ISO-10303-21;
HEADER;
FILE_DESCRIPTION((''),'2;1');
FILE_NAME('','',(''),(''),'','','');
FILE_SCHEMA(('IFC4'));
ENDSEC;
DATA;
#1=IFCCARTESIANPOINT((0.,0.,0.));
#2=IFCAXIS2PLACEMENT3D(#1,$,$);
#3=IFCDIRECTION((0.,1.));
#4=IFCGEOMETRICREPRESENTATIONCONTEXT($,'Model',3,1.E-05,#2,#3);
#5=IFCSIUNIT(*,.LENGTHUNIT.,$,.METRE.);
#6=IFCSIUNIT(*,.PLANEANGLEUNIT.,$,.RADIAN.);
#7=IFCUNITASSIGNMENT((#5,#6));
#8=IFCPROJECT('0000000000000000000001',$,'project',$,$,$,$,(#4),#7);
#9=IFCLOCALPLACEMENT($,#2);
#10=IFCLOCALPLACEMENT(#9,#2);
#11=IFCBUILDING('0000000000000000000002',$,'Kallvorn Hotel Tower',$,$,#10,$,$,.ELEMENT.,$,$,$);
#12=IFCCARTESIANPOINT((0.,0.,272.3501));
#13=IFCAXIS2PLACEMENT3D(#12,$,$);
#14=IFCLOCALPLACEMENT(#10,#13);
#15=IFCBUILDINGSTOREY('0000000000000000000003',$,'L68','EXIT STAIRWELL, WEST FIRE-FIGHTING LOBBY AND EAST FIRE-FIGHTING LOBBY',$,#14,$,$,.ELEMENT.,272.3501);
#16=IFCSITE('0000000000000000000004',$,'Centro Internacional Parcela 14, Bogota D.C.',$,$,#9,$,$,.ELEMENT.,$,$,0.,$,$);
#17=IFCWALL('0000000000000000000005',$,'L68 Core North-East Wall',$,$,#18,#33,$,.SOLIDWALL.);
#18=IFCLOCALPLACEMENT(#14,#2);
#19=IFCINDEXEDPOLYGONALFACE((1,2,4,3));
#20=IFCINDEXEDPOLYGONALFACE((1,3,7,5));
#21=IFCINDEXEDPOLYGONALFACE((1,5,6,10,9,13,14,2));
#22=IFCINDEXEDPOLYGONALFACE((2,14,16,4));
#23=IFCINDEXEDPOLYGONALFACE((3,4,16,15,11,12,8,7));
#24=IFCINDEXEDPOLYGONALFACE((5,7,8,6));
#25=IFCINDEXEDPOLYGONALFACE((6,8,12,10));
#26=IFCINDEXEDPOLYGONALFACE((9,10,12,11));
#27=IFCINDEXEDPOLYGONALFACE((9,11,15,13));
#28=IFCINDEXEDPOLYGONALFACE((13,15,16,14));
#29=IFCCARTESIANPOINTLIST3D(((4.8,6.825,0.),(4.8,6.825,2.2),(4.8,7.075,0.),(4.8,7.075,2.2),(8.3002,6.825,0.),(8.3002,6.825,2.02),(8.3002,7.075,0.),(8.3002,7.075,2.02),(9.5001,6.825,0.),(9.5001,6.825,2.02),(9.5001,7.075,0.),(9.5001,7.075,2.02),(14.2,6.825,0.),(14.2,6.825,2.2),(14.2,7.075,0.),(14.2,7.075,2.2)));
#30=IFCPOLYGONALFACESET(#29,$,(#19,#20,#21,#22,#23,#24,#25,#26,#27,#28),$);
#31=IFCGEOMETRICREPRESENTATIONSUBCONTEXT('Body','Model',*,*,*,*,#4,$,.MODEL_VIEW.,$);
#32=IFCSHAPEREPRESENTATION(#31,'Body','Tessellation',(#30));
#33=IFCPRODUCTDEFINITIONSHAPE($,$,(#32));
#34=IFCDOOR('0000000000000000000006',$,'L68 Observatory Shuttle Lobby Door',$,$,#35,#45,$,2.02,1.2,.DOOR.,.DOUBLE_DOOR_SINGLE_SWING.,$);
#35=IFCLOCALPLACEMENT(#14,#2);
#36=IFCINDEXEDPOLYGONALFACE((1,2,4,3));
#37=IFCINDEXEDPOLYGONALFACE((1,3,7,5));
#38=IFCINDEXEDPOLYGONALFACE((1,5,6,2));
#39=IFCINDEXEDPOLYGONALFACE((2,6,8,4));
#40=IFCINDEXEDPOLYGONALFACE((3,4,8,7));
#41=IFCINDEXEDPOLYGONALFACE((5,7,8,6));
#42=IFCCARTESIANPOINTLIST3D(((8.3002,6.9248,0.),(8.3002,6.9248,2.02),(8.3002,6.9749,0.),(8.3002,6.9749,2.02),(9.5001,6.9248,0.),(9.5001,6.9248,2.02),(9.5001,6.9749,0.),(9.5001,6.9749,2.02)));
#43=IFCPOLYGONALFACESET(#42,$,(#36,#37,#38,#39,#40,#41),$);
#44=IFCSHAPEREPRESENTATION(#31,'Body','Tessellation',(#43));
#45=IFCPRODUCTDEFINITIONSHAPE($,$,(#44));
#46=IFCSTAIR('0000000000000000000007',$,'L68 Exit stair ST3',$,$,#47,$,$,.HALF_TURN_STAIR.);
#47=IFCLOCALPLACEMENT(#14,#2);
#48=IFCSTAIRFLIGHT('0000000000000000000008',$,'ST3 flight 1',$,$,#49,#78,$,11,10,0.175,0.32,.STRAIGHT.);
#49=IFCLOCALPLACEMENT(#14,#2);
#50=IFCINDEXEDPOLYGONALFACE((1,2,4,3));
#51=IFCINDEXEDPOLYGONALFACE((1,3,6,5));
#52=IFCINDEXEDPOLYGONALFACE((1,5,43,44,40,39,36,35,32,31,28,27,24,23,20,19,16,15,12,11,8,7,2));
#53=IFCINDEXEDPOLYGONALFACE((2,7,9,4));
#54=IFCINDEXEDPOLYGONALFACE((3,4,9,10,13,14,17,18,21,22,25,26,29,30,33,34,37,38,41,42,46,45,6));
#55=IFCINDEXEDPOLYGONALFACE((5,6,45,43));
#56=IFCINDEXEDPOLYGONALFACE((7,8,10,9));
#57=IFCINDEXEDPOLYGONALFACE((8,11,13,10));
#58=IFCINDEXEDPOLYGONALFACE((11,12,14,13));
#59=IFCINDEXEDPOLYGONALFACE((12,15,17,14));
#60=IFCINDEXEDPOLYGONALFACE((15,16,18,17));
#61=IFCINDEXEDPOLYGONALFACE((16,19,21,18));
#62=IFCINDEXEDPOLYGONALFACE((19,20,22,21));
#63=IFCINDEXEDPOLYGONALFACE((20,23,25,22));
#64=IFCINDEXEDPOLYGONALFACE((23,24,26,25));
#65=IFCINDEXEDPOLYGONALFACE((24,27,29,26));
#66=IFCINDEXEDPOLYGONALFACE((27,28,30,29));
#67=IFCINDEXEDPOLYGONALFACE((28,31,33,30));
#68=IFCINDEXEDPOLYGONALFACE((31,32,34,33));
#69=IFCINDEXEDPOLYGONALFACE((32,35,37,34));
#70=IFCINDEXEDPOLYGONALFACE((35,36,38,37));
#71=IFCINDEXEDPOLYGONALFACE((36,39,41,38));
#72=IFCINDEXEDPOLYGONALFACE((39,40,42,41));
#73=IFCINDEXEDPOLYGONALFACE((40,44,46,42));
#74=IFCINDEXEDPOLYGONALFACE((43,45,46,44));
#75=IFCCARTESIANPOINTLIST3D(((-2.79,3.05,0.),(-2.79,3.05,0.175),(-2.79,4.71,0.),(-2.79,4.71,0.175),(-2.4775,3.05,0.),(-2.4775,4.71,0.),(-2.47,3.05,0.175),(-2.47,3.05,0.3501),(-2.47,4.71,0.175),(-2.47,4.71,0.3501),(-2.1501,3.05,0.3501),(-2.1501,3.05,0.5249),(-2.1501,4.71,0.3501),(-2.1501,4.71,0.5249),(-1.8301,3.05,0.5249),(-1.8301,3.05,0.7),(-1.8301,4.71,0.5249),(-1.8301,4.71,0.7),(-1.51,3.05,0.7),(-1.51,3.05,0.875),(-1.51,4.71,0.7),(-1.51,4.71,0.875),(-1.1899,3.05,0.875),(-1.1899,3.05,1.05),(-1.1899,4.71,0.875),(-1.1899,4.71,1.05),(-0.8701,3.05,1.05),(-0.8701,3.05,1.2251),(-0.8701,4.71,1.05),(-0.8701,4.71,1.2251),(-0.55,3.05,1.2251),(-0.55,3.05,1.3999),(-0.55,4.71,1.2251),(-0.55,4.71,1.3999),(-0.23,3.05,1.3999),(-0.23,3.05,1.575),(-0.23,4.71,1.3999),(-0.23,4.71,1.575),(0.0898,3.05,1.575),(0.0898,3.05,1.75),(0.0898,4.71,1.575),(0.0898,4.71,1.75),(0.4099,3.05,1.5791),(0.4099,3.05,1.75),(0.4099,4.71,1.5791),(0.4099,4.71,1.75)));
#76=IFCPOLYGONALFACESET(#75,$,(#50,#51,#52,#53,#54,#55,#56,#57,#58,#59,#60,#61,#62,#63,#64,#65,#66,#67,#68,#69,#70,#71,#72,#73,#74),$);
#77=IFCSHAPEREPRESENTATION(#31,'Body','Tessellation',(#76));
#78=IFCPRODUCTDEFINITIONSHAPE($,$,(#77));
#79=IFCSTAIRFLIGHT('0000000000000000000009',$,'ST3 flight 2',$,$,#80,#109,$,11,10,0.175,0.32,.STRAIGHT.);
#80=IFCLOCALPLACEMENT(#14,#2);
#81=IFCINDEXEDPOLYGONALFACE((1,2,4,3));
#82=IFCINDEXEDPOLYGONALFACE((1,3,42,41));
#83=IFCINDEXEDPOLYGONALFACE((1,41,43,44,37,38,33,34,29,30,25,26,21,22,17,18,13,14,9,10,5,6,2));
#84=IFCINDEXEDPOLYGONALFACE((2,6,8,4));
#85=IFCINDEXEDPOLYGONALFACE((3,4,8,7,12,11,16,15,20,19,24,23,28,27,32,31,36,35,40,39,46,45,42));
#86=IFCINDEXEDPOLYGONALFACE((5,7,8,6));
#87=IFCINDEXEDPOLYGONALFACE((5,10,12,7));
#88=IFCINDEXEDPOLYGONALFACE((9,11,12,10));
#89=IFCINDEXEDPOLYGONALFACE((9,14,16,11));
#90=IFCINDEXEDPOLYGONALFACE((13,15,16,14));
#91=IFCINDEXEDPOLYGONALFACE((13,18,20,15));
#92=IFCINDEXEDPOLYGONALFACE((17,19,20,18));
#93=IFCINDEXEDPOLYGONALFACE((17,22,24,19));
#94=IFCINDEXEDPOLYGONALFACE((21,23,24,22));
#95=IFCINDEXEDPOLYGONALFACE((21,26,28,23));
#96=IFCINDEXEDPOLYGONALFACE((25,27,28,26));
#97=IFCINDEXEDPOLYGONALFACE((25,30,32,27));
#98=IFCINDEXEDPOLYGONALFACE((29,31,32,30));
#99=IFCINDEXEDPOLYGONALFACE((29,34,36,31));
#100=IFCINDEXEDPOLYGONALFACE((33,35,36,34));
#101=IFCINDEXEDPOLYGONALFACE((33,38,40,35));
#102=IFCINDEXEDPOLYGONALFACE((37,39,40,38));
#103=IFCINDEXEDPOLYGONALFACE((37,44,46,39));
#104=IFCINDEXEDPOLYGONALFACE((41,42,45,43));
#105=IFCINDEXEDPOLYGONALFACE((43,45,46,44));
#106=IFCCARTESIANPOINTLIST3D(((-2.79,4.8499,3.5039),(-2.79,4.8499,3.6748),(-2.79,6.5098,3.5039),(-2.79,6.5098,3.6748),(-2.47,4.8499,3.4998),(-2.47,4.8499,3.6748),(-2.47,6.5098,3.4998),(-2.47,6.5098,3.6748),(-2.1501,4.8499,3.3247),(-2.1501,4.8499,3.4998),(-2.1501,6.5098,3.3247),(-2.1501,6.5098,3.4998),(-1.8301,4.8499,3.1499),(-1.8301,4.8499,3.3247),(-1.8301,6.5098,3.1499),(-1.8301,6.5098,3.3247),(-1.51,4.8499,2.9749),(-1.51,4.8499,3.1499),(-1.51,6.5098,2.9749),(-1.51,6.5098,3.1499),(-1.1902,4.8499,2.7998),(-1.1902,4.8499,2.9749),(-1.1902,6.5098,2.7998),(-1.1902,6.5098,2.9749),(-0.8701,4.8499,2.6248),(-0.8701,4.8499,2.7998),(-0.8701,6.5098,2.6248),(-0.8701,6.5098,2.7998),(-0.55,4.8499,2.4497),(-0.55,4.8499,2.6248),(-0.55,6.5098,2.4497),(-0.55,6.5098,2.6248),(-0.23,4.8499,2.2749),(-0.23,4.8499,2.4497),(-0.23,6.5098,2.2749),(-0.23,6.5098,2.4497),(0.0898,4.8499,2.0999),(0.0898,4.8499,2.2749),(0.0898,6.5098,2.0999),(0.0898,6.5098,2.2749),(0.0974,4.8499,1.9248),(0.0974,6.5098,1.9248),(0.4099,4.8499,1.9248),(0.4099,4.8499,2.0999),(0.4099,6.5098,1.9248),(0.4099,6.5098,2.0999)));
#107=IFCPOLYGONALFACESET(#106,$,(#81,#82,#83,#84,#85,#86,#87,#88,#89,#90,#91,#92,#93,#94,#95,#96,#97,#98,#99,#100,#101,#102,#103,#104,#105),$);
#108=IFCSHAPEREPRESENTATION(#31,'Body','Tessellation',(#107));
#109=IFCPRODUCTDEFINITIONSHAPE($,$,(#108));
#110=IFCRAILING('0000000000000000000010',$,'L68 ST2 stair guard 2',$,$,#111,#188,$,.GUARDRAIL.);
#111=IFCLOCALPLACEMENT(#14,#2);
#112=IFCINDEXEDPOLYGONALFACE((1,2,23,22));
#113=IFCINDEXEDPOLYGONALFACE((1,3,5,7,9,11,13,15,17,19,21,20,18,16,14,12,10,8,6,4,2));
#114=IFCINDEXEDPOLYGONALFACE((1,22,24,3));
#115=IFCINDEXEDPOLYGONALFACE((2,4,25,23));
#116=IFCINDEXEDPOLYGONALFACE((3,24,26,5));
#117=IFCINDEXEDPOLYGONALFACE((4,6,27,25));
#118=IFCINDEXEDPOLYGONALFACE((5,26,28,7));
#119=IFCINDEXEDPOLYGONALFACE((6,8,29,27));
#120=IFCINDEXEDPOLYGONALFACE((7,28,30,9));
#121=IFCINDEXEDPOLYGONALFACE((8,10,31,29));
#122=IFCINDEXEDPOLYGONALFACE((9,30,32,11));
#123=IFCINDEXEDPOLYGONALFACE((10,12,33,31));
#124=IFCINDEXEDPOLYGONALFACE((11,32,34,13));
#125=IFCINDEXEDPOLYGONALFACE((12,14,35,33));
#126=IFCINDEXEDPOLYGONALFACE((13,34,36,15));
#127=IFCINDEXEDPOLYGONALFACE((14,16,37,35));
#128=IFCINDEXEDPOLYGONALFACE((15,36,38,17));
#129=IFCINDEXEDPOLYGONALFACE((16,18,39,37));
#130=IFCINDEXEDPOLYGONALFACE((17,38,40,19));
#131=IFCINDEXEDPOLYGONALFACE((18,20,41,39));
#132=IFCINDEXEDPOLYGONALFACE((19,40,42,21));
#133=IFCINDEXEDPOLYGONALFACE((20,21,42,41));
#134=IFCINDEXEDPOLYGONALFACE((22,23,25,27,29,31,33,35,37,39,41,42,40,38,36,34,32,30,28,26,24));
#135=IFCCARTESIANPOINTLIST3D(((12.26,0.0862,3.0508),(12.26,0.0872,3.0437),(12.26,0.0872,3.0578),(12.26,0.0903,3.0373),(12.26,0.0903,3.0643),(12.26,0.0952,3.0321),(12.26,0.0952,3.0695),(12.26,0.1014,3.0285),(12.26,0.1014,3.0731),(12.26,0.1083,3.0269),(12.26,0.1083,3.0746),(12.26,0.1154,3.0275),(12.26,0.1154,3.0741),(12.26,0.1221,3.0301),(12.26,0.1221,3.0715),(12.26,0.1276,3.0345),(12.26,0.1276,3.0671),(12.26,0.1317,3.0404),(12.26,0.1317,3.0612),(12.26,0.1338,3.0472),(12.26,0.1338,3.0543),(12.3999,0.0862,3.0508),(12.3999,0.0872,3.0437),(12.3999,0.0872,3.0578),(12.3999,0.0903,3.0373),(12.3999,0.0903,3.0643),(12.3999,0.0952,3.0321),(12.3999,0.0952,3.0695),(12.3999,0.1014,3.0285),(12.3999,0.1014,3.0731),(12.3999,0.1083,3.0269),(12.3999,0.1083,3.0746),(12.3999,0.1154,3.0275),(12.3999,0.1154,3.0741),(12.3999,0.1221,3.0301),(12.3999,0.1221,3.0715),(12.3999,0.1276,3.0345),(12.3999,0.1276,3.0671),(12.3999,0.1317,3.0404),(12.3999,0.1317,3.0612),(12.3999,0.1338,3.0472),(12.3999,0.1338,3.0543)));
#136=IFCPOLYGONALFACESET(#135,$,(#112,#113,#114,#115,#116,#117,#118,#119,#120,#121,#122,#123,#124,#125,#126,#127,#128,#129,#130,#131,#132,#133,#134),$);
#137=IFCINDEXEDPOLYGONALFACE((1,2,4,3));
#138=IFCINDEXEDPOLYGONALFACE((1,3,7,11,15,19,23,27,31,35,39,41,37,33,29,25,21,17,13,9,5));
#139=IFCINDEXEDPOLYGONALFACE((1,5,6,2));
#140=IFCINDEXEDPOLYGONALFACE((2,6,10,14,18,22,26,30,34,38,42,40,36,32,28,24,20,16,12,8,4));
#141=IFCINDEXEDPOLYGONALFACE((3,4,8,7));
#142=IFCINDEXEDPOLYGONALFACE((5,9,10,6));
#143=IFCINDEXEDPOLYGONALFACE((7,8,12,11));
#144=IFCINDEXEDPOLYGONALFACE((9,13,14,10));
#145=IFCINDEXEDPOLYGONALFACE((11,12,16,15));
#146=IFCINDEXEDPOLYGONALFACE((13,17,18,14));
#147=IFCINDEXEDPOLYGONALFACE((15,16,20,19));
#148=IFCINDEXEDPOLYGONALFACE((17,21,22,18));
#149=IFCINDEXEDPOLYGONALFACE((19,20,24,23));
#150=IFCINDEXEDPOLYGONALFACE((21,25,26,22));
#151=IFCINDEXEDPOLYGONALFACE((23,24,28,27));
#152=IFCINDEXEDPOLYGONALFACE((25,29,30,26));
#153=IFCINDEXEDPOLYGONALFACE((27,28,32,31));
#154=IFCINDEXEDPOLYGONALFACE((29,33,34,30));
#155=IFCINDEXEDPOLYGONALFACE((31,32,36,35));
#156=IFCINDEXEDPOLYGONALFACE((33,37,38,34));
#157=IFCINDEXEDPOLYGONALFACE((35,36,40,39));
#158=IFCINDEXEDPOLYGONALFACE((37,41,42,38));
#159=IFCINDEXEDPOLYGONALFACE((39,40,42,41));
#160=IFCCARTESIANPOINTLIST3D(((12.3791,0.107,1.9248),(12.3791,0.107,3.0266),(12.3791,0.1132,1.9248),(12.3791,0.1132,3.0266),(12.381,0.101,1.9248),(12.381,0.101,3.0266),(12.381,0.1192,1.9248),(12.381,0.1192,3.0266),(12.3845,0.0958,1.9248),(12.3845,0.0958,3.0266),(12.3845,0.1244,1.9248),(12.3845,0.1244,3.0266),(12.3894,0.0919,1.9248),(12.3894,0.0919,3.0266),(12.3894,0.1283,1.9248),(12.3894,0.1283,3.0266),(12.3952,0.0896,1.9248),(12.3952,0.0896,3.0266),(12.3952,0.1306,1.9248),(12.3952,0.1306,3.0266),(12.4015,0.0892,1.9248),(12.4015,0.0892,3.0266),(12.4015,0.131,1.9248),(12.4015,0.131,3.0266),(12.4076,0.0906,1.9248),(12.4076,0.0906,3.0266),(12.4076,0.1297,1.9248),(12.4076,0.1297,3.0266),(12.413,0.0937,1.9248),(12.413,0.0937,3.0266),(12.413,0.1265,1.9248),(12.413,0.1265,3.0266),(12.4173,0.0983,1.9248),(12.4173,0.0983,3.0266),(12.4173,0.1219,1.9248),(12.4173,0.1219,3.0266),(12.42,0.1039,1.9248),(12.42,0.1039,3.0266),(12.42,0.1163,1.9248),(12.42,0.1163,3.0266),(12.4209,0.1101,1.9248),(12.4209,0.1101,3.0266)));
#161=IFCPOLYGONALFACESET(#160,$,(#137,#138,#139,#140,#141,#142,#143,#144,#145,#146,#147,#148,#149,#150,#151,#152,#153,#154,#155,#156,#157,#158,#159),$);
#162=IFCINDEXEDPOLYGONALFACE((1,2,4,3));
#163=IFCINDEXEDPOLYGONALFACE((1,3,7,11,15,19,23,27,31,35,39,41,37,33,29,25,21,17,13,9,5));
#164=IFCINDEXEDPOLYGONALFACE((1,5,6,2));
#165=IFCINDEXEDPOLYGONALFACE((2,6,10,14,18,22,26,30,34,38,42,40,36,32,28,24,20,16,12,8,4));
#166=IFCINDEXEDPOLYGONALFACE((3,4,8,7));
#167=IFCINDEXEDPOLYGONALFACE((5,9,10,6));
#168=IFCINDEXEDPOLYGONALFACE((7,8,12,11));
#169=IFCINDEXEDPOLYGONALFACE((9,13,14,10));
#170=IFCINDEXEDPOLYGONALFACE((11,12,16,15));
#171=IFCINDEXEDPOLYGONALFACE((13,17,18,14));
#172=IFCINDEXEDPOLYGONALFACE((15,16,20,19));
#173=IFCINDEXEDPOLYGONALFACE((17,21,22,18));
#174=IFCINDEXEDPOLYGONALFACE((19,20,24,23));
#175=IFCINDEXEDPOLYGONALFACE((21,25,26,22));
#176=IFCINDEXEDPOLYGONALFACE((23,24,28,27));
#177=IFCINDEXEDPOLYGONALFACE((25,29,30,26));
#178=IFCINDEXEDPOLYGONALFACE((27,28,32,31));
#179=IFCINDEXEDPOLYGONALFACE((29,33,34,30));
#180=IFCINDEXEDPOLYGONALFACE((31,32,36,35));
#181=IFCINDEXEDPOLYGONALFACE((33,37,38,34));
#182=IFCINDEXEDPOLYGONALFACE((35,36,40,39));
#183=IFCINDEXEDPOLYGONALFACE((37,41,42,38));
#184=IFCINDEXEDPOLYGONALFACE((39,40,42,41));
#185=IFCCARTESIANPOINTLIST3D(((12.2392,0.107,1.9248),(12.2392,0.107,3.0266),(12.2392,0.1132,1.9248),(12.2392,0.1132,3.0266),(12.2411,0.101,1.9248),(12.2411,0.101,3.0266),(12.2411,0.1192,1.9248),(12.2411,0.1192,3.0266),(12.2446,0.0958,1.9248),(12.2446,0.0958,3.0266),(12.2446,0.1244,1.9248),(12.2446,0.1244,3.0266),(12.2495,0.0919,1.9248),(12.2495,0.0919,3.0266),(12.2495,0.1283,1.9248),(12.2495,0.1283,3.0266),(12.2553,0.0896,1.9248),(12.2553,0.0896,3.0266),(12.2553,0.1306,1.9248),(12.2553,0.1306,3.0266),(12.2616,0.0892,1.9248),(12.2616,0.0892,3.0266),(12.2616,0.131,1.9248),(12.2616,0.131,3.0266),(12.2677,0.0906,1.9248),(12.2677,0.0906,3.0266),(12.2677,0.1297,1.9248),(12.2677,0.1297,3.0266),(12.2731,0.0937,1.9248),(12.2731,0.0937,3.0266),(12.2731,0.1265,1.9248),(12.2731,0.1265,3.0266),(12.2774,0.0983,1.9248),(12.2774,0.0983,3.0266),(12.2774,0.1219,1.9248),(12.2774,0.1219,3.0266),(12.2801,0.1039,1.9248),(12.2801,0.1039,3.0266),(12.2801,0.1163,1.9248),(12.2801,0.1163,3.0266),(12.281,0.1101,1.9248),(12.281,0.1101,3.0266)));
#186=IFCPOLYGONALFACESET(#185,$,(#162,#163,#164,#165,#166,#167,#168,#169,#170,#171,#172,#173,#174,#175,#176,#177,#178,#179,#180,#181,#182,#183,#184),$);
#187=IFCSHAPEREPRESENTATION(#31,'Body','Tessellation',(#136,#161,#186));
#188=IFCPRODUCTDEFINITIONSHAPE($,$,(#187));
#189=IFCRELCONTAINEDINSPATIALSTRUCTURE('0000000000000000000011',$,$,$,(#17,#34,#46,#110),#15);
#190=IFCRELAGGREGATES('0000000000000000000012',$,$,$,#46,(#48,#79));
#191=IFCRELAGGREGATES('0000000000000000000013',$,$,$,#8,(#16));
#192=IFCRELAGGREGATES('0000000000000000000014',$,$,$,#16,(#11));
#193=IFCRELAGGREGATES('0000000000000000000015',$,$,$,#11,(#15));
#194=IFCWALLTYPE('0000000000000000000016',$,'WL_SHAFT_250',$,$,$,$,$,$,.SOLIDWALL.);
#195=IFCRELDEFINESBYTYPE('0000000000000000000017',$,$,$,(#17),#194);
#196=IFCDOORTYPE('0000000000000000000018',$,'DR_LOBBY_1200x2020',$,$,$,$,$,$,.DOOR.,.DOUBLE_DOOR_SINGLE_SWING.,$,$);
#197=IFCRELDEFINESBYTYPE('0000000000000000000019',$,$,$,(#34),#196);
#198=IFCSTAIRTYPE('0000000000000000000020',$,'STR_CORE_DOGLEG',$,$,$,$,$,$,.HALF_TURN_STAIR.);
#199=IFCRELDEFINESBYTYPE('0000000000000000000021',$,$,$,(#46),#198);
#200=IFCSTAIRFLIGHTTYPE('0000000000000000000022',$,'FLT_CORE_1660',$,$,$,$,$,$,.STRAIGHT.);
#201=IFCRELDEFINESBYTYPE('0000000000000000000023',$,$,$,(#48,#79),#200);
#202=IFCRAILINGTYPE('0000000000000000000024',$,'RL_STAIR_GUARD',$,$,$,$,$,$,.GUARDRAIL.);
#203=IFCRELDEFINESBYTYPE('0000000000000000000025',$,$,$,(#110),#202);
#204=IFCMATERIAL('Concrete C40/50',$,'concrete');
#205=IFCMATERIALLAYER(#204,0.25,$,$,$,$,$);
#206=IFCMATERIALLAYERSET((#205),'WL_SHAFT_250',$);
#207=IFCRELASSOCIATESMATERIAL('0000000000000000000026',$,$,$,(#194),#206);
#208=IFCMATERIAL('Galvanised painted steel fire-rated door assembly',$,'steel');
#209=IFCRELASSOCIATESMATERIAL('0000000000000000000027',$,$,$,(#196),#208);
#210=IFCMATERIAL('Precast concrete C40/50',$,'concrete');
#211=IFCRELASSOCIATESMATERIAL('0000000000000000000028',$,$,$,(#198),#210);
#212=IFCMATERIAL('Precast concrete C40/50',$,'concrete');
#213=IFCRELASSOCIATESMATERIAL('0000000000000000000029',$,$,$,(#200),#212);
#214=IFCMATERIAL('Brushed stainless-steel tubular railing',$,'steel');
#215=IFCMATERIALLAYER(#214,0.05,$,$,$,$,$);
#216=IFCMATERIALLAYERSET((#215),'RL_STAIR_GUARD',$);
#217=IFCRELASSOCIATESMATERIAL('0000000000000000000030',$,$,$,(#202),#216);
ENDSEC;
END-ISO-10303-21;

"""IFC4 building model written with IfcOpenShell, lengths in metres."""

from ifc_helpers import new_model, si_unit, direction, frame, frame_2d, origin, origin_2d, place, context, subcontext, project, spatial, polyline, rectangle, circle, outline, extrude, material, layer, layer_set, type_object, element, fill, aggregate, save


model = new_model("IFC4")

# Units and contexts
model_context = context("Model", 3, precision=1e-05, world=origin(), true_north=direction((0.0, 1.0)))
body_context = subcontext(model_context, "Body", "Model", "MODEL_VIEW")
ifc_project = project(units=[si_unit("LENGTHUNIT", "METRE"), si_unit("PLANEANGLEUNIT", "RADIAN")], contexts=[model_context])

# Site, building, storey
site_placement = place(None, origin())
site = spatial("IfcSite", under=ifc_project, at=site_placement, Name="Centro Internacional Parcela 14, Bogota D.C.", CompositionType="ELEMENT", RefElevation=0.0)
building_placement = place(site_placement, origin())
building = spatial("IfcBuilding", under=site, at=building_placement, Name="Kallvorn Hotel Tower", CompositionType="ELEMENT")
storey_placement = place(building_placement, frame((0.0, 0.0, 272.3501)))
storey = spatial("IfcBuildingStorey", under=building, at=storey_placement, Name="L68", Description="EXIT STAIRWELL, WEST FIRE-FIGHTING LOBBY AND EAST FIRE-FIGHTING LOBBY", CompositionType="ELEMENT", Elevation=272.3501)

# Wall, opening, door
ifc_material_1 = material(Name="Concrete C40/50", Category="concrete")
ifc_layer_1 = layer(ifc_material_1, 0.25)
ifc_layer_set_1 = layer_set([ifc_layer_1], Name="WL_SHAFT_250")
wall_type_1 = type_object("IfcWallType", Name="WL_SHAFT_250", PredefinedType="SOLIDWALL", material=ifc_layer_set_1)
wall_1_placement = place(storey_placement, frame((4.8, 6.95, 0.0), z_axis=(0.0, 0.0, 1.0), x_axis=(1.0, 0.0, 0.0)))
wall_1 = element("IfcWall", 1, at=wall_1_placement, inside=storey, type_object=wall_type_1, Name="L68 Core North-East Wall", PredefinedType="SOLIDWALL", context=body_context, shape_type="SweptSolid", body=[
    extrude(rectangle(XDim=9.3999, YDim=0.25, at=frame_2d((4.7, 0.0))), origin(), (0.0, 0.0, 1.0), 2.2),
])
opening_placement = place(wall_1_placement, frame((3.5, 0.0, 0.0)))
opening = element("IfcOpeningElement", 2, at=opening_placement, cuts=wall_1, PredefinedType="OPENING", context=body_context, shape_type="SweptSolid", body=[
    extrude(rectangle(XDim=1.2, YDim=2.02, at=frame_2d((0.6001, 1.01))), frame((0.0, 0.1399, 0.0), z_axis=(0.0, -1.0, 0.0), x_axis=(1.0, 0.0, 0.0)), (0.0, 0.0, 1.0), 0.28),
])
ifc_material_2 = material(Name="Galvanised painted steel fire-rated door assembly", Category="steel")
door_type = type_object("IfcDoorType", Name="DR_LOBBY_1200x2020", OperationType="DOUBLE_DOOR_SINGLE_SWING", PredefinedType="DOOR", material=ifc_material_2)
door_placement = place(opening_placement, origin())
door = element("IfcDoor", 3, at=door_placement, inside=storey, type_object=door_type, Name="L68 Observatory Shuttle Lobby Door", OperationType="DOUBLE_DOOR_SINGLE_SWING", OverallHeight=2.02, OverallWidth=1.2, PredefinedType="DOOR", context=body_context, shape_type="SweptSolid", body=[
    extrude(rectangle(XDim=1.2, YDim=2.02, at=frame_2d((0.6001, 1.01))), frame((0.0, 0.0249, 0.0), z_axis=(0.0, -1.0, 0.0), x_axis=(1.0, 0.0, 0.0)), (0.0, 0.0, 1.0), 0.05),
])
fill(opening, door)

# Stair, stair flights
ifc_material_3 = material(Name="Precast concrete C40/50", Category="concrete")
stair_type = type_object("IfcStairType", Name="STR_CORE_DOGLEG", PredefinedType="HALF_TURN_STAIR", material=ifc_material_3)
stair_placement = place(storey_placement, origin())
stair = element("IfcStair", 4, at=stair_placement, inside=storey, type_object=stair_type, Name="L68 Exit stair ST3", PredefinedType="HALF_TURN_STAIR")
ifc_material_4 = material(Name="Precast concrete C40/50", Category="concrete")
stair_flight_type = type_object("IfcStairFlightType", Name="FLT_CORE_1660", PredefinedType="STRAIGHT", material=ifc_material_4)
stair_flight_1_placement = place(storey_placement, frame((-2.79, 3.8799, 0.0), z_axis=(0.0, 0.0, 1.0), x_axis=(1.0, 0.0, 0.0)))
stair_flight_1 = element("IfcStairFlight", 5, at=stair_flight_1_placement, type_object=stair_flight_type, Name="ST3 flight 1", NumberOfRisers=11, NumberOfTreads=10, PredefinedType="STRAIGHT", RiserHeight=0.175, TreadLength=0.32, context=body_context, shape_type="SweptSolid", body=[
    extrude(outline(polyline([(0.0, 0.0), (0.0, 0.175), (0.3201, 0.175), (0.3201, 0.3501), (0.6399, 0.3501), (0.6399, 0.5249), (0.96, 0.5249), (0.96, 0.7), (1.28, 0.7), (1.28, 0.875), (1.6001, 0.875), (1.6001, 1.05), (1.9199, 1.05), (1.9199, 1.2251), (2.24, 1.2251), (2.24, 1.3999), (2.5601, 1.3999), (2.5601, 1.575), (2.8799, 1.575), (2.8799, 1.75), (3.2, 1.75), (3.2, 1.925), (3.2, 1.5791), (0.3125, 0.0), (0.0, 0.0)])), frame((0.0, 0.8301, 0.0), z_axis=(0.0, -1.0, 0.0), x_axis=(1.0, 0.0, 0.0)), (0.0, 0.0, 1.0), 1.6599),
])
stair_flight_2_placement = place(storey_placement, frame((0.4099, 5.6799, 1.9248), z_axis=(0.0, 0.0, 1.0), x_axis=(-1.0, 0.0, 0.0)))
stair_flight_2 = element("IfcStairFlight", 6, at=stair_flight_2_placement, type_object=stair_flight_type, Name="ST3 flight 2", NumberOfRisers=11, NumberOfTreads=10, PredefinedType="STRAIGHT", RiserHeight=0.175, TreadLength=0.32, context=body_context, shape_type="SweptSolid", body=[
    extrude(outline(polyline([(0.0, 0.0), (0.0, 0.175), (0.3201, 0.175), (0.3201, 0.3501), (0.6399, 0.3501), (0.6399, 0.5249), (0.96, 0.5249), (0.96, 0.7), (1.28, 0.7), (1.28, 0.875), (1.6001, 0.875), (1.6001, 1.05), (1.9199, 1.05), (1.9199, 1.2251), (2.24, 1.2251), (2.24, 1.3999), (2.5601, 1.3999), (2.5601, 1.575), (2.8799, 1.575), (2.8799, 1.75), (3.2, 1.75), (3.2, 1.925), (3.2, 1.5791), (0.3125, 0.0), (0.0, 0.0)])), frame((0.0, 0.8301, 0.0), z_axis=(0.0, -1.0, 0.0), x_axis=(1.0, 0.0, 0.0)), (0.0, 0.0, 1.0), 1.6599),
])
aggregate(stair, [stair_flight_1, stair_flight_2])

# Railing
ifc_material_5 = material(Name="Brushed stainless-steel tubular railing", Category="steel")
ifc_layer_2 = layer(ifc_material_5, 0.05)
ifc_layer_set_2 = layer_set([ifc_layer_2], Name="RL_STAIR_GUARD")
railing_type_1 = type_object("IfcRailingType", Name="RL_STAIR_GUARD", PredefinedType="GUARDRAIL", material=ifc_layer_set_2)
railing_1_placement = place(storey_placement, frame((12.3999, 0.1101, 1.9248)))
element("IfcRailing", 7, at=railing_1_placement, inside=storey, type_object=railing_type_1, Name="L68 ST2 stair guard 2", PredefinedType="GUARDRAIL", context=body_context, shape_type="SweptSolid", body=[
    extrude(circle(Radius=0.0239, at=origin_2d()), frame((0.0, 0.0, 1.126), z_axis=(-1.0, 0.0, 0.0), x_axis=(0.0, -1.0, 0.0)), (0.0, 0.0, 1.0), 0.1399),
    extrude(circle(Radius=0.021, at=origin_2d()), origin(), (0.0, 0.0, 1.0), 1.1018),
    extrude(circle(Radius=0.021, at=origin_2d()), frame((-0.1399, 0.0, 0.0)), (0.0, 0.0, 1.0), 1.1018),
])

save(model, "model.ifc")
